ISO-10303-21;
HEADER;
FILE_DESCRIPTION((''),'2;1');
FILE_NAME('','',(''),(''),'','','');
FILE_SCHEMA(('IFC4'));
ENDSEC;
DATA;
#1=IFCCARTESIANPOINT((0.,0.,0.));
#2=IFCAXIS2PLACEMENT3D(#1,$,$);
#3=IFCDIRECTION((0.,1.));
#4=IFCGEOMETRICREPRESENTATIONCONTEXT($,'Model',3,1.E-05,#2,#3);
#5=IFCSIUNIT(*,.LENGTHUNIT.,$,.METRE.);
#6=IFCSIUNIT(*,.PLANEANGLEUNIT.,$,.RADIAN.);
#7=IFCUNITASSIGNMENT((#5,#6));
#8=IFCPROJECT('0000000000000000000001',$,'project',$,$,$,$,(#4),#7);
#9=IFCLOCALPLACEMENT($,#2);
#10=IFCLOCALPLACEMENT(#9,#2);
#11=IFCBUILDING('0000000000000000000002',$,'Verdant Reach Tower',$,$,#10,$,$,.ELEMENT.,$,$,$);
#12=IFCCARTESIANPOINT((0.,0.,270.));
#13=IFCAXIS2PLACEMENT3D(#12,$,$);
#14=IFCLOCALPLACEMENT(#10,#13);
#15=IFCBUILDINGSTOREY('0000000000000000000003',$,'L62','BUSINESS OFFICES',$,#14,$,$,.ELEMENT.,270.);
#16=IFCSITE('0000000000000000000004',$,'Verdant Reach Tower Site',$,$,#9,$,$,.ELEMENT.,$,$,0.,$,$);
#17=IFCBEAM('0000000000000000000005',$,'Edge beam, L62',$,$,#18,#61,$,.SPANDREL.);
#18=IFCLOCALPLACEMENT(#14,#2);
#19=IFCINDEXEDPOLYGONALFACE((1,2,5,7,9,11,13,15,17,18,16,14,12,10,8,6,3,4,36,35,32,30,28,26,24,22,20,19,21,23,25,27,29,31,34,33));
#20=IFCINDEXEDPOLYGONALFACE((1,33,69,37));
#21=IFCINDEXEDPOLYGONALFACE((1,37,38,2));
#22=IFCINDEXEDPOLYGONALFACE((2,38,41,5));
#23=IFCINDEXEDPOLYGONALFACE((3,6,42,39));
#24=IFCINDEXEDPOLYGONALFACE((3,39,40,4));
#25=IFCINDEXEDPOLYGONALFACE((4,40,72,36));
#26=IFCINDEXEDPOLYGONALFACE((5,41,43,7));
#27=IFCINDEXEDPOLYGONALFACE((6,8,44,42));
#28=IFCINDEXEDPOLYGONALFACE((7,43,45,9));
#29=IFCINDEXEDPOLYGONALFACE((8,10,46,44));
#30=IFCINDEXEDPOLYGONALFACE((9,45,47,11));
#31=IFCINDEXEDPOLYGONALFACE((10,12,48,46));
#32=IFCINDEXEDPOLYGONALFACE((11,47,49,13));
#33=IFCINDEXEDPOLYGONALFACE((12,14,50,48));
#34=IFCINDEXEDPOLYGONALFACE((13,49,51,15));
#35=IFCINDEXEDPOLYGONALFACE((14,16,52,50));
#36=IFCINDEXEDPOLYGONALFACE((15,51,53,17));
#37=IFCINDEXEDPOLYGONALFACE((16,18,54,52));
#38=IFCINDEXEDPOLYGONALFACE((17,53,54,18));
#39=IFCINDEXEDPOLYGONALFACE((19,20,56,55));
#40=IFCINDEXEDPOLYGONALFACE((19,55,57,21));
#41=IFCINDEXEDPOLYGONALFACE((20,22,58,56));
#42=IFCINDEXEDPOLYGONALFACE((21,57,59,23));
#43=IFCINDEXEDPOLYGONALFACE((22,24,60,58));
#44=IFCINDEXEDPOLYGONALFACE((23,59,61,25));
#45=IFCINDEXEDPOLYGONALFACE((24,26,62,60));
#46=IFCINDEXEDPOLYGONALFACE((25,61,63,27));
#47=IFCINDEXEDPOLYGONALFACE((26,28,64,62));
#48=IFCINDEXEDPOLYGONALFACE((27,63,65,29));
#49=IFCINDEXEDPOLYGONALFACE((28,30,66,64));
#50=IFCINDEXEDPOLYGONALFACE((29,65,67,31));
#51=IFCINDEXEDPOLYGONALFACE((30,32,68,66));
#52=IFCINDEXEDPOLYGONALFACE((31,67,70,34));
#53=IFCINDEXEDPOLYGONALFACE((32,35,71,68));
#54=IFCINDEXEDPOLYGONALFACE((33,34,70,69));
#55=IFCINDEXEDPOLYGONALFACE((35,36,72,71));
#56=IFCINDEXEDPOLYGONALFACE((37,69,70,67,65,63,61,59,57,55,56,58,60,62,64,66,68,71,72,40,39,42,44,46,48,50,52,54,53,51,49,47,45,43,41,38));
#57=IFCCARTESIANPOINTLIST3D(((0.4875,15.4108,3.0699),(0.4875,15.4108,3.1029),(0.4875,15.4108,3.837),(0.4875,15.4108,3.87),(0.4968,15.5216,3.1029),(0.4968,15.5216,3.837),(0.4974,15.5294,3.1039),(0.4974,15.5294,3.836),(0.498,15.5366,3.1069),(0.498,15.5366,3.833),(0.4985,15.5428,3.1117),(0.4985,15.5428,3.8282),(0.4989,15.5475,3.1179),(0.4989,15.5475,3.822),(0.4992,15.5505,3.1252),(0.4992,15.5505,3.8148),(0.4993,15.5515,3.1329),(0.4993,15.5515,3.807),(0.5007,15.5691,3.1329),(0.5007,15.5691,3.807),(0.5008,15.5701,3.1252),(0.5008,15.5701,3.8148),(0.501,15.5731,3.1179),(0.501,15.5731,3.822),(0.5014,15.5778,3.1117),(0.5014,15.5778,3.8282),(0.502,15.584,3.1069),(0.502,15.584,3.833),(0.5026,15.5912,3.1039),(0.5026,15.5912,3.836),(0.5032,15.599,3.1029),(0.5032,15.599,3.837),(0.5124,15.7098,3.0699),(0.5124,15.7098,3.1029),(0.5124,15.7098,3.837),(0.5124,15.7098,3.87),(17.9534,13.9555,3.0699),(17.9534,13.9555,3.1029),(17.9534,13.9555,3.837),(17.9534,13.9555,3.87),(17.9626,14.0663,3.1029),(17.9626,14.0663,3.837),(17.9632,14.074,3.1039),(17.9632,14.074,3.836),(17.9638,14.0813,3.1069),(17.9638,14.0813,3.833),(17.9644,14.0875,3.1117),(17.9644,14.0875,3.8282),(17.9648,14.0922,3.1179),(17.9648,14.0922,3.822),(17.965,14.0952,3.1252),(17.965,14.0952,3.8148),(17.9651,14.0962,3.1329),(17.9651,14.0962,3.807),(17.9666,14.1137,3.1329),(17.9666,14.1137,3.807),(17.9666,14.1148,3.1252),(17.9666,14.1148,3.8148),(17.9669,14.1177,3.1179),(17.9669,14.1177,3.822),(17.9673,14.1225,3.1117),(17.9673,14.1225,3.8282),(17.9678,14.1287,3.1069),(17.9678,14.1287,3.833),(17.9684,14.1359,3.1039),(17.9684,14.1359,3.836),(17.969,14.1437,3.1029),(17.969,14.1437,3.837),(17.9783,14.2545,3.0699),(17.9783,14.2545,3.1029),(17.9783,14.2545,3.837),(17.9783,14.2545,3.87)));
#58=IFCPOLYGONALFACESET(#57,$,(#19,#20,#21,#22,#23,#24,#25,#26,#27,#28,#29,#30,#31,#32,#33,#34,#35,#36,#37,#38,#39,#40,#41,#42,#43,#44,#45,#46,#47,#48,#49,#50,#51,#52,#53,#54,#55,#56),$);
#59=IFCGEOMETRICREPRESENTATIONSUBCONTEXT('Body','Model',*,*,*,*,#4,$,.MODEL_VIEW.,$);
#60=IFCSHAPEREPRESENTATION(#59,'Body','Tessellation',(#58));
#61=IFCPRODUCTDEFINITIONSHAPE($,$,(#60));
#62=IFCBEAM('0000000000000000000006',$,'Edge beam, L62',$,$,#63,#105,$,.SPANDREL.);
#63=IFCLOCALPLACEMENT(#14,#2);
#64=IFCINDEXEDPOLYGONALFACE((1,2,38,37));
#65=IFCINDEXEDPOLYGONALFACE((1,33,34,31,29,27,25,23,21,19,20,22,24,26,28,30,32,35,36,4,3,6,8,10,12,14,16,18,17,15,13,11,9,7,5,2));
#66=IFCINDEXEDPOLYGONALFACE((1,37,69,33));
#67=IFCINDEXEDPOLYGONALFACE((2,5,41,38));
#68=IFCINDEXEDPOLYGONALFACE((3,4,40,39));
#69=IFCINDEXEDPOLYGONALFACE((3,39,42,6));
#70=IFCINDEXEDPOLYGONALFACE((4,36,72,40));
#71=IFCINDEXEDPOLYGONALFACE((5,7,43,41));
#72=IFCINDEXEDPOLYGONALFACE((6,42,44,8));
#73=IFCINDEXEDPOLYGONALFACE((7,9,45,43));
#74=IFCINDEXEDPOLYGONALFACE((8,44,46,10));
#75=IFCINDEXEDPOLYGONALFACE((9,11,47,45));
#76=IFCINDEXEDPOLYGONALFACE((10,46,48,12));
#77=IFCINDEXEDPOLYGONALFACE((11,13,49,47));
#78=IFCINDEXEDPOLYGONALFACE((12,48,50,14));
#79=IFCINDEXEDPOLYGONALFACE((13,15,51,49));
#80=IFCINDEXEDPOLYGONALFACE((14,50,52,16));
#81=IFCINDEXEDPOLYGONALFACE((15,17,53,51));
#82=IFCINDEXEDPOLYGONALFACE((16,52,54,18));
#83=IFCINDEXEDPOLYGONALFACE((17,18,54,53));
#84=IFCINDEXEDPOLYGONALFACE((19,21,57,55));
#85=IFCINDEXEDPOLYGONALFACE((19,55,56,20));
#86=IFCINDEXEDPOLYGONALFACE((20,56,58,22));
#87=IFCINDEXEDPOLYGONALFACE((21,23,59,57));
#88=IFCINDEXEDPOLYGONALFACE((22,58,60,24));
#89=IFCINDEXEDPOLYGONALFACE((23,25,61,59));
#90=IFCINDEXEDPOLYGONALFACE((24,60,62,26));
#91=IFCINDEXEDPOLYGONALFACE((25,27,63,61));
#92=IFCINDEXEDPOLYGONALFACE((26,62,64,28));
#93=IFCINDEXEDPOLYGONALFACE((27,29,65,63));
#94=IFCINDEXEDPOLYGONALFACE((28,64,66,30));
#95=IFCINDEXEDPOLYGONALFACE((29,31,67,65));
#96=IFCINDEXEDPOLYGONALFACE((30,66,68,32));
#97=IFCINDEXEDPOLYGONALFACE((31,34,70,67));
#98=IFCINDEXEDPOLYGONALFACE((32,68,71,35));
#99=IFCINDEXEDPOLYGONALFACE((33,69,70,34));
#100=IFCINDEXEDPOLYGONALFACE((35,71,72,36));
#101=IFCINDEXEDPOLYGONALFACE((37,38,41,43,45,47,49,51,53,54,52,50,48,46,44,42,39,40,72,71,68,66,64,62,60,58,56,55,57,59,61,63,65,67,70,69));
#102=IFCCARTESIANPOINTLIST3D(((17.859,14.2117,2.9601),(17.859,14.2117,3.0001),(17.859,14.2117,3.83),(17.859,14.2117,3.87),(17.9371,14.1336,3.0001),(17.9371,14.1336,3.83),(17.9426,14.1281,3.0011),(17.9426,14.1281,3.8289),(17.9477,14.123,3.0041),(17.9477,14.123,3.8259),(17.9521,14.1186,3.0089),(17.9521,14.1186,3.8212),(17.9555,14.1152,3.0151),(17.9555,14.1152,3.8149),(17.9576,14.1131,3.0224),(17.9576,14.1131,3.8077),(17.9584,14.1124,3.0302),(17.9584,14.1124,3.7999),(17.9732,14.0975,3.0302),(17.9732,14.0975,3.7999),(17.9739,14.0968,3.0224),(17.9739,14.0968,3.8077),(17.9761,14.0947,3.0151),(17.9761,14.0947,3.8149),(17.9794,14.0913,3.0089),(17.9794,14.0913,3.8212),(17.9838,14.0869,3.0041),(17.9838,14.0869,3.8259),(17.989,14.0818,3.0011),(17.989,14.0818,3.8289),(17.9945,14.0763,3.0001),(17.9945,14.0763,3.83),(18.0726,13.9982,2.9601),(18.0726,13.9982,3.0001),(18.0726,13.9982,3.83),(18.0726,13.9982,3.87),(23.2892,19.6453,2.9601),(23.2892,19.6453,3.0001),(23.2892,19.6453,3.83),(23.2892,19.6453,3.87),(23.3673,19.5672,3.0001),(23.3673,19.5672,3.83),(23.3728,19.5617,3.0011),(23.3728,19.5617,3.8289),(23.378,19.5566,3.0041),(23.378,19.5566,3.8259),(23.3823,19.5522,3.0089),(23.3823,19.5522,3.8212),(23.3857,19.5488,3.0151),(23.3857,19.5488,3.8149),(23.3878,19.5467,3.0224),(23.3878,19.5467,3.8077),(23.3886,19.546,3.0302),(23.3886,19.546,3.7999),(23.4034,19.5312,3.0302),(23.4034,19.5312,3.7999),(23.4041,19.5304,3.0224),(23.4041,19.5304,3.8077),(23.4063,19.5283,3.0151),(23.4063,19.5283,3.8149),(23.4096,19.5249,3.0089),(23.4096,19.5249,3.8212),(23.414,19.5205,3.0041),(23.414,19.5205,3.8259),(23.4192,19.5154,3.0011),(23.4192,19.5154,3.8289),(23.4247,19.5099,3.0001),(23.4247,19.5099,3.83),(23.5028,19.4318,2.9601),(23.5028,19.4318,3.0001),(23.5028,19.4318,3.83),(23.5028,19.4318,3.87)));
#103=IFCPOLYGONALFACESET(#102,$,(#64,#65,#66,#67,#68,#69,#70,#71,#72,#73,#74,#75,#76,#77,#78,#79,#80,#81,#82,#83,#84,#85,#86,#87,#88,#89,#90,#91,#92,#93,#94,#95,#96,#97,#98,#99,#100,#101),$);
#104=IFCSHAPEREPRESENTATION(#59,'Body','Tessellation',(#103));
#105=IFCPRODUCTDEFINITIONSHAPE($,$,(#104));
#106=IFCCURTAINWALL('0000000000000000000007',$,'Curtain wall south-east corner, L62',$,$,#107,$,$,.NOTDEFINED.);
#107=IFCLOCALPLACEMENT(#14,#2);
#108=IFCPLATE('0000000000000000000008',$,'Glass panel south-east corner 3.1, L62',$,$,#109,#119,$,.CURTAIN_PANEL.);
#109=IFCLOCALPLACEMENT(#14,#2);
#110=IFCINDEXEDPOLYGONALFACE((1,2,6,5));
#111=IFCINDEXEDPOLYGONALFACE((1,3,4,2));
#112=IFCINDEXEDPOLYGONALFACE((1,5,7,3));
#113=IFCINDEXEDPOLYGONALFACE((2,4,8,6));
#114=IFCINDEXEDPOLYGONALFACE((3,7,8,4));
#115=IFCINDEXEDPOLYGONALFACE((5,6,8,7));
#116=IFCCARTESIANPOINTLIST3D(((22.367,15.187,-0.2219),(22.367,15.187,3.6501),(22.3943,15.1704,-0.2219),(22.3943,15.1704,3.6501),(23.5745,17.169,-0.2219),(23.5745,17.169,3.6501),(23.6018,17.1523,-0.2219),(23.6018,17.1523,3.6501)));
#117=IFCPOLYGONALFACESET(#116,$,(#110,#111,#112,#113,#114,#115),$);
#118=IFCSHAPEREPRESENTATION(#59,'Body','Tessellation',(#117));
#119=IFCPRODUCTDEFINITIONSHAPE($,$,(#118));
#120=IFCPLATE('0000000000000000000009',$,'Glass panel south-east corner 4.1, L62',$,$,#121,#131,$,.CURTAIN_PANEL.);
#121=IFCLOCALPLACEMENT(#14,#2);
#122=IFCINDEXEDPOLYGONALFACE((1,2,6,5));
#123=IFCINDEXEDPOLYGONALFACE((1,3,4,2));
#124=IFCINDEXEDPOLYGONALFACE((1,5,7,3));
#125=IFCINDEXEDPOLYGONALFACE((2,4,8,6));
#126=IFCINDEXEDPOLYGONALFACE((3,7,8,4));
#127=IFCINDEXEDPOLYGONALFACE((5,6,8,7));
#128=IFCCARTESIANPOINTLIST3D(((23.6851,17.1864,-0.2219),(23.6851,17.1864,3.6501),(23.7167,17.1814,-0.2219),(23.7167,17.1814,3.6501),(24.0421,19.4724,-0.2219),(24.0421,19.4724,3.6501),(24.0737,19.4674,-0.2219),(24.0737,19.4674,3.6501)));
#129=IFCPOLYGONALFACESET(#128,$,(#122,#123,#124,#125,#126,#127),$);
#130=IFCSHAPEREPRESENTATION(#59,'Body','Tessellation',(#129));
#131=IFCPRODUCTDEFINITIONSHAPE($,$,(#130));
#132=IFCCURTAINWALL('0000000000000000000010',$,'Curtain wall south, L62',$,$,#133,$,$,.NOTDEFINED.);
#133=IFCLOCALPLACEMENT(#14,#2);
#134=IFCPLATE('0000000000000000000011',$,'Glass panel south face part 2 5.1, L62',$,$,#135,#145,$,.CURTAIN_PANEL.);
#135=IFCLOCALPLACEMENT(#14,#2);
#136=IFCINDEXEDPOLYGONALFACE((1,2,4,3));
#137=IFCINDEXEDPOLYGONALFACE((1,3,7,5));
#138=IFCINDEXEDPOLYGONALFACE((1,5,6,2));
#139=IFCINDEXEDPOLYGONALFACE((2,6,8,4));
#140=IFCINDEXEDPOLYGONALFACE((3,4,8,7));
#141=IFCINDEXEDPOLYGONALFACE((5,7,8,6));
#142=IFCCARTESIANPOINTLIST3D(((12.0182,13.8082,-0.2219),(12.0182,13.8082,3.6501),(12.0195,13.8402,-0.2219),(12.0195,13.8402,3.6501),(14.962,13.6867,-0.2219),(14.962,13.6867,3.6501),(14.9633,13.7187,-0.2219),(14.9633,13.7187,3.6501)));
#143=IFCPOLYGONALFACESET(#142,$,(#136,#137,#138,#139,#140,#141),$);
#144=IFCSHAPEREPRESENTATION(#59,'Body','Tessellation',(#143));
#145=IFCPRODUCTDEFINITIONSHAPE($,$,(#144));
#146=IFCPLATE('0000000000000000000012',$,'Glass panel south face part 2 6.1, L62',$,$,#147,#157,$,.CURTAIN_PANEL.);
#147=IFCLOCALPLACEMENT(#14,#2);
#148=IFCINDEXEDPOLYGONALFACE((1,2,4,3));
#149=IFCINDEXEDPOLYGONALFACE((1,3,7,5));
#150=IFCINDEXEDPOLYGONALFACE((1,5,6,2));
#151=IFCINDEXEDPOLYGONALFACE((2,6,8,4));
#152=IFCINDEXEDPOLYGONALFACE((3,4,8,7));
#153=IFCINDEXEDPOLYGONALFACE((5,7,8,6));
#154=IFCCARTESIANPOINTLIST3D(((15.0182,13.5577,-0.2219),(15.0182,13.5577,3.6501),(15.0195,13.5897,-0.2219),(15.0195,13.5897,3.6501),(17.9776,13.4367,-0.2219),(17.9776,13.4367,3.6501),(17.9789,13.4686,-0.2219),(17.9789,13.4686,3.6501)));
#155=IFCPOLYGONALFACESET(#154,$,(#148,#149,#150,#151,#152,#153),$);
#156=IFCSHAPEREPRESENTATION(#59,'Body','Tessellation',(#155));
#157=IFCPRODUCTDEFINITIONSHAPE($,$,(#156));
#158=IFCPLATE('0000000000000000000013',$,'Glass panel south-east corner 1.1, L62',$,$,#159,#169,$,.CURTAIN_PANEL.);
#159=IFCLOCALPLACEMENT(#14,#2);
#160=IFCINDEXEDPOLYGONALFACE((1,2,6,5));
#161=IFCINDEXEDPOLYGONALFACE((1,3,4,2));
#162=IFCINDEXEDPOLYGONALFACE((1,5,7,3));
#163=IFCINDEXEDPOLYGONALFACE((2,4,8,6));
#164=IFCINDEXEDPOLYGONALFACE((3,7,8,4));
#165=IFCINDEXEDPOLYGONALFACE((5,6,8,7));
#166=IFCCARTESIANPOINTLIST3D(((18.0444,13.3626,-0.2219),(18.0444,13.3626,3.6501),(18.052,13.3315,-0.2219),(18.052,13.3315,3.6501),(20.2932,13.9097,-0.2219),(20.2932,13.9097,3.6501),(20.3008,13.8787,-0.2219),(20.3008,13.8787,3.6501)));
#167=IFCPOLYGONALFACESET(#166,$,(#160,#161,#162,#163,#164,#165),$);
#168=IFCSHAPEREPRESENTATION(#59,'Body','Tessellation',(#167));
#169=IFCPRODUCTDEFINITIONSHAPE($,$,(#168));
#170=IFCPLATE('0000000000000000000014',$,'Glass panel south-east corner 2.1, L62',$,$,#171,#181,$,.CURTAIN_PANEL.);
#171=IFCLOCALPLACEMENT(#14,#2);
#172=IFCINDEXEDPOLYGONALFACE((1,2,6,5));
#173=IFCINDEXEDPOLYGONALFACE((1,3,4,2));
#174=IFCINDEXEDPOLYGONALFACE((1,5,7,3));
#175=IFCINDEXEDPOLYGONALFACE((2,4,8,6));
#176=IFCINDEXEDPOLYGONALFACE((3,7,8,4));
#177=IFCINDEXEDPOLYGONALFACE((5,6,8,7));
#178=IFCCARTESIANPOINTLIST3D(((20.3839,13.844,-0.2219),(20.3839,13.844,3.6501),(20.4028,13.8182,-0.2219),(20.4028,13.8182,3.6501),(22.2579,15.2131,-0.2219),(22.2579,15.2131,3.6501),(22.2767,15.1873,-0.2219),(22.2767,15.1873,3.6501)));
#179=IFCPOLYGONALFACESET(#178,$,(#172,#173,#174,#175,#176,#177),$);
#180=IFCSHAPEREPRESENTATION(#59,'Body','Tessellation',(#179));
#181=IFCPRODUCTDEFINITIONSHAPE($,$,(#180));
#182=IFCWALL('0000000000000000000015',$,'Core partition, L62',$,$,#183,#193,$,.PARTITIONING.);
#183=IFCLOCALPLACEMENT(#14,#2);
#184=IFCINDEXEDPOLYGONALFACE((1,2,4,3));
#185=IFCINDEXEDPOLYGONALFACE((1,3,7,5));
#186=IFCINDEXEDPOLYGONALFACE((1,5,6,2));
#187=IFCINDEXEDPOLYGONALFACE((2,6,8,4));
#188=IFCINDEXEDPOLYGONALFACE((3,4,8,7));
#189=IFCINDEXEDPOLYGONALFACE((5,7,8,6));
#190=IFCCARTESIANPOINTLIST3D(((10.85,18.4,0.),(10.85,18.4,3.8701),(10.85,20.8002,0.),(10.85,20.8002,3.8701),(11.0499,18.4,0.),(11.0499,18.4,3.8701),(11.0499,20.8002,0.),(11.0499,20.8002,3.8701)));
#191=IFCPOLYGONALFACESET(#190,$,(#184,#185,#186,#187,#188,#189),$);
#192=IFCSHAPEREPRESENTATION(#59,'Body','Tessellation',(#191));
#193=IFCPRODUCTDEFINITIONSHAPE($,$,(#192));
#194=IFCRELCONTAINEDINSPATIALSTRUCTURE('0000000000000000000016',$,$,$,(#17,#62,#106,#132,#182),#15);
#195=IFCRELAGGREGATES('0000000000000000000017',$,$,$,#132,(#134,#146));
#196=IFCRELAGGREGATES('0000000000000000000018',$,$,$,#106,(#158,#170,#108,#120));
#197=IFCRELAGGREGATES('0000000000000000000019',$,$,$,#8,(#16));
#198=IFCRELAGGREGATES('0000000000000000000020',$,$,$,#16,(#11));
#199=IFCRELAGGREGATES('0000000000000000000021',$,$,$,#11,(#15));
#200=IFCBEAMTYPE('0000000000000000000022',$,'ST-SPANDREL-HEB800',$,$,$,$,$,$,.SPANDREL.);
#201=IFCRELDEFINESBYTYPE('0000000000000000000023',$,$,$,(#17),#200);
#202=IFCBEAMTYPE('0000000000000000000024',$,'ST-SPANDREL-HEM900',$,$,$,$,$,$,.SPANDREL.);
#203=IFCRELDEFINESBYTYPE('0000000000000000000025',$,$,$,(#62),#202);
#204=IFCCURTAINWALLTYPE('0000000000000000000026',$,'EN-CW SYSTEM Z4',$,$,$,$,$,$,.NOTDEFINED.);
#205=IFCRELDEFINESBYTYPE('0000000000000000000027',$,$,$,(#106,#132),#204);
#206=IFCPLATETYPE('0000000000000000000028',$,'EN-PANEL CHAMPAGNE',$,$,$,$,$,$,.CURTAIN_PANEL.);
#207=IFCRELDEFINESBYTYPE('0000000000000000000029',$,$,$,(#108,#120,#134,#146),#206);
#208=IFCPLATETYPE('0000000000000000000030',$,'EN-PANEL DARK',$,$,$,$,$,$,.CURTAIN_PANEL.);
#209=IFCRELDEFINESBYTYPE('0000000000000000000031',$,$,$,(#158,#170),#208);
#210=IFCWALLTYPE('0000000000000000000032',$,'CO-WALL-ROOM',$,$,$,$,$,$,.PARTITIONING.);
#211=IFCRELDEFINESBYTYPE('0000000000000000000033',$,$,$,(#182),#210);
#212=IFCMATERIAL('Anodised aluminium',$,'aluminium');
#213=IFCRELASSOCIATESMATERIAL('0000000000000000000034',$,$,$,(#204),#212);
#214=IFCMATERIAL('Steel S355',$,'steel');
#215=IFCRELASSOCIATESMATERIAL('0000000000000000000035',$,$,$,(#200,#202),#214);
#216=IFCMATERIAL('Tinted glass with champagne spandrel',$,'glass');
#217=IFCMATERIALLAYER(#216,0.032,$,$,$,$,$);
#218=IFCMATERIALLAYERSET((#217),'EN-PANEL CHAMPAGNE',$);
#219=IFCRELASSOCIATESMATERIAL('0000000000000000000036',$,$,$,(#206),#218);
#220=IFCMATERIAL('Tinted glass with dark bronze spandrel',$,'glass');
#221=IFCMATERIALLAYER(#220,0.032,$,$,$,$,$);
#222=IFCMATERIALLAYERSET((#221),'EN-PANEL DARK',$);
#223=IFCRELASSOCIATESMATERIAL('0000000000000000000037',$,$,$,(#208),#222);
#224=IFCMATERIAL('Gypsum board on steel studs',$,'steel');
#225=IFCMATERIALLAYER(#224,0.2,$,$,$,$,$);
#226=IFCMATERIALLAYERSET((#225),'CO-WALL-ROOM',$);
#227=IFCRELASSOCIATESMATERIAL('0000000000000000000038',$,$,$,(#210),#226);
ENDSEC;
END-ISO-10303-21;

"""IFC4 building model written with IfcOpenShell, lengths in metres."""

from ifc_helpers import new_model, si_unit, direction, frame, frame_2d, origin, origin_2d, place, context, subcontext, project, spatial, rectangle, i_section, extrude, material, layer, layer_set, material_profile, profile_set, type_object, element, aggregate, save


model = new_model("IFC4")

# Units and contexts
model_context = context("Model", 3, precision=1e-05, world=origin(), true_north=direction((0.0, 1.0)))
body_context = subcontext(model_context, "Body", "Model", "MODEL_VIEW")
ifc_project = project(units=[si_unit("LENGTHUNIT", "METRE"), si_unit("PLANEANGLEUNIT", "RADIAN")], contexts=[model_context])

# Site, building, storey
site_placement = place(None, origin())
site = spatial("IfcSite", under=ifc_project, at=site_placement, Name="Verdant Reach Tower Site", CompositionType="ELEMENT", RefElevation=0.0)
building_placement = place(site_placement, origin())
building = spatial("IfcBuilding", under=site, at=building_placement, Name="Verdant Reach Tower", CompositionType="ELEMENT")
storey_placement = place(building_placement, frame((0.0, 0.0, 270.0)))
storey = spatial("IfcBuildingStorey", under=building, at=storey_placement, Name="L62", Description="BUSINESS OFFICES", CompositionType="ELEMENT", Elevation=270.0)

# Shared definitions
ifc_material_1 = material(Name="Anodised aluminium", Category="aluminium")
curtain_wall_type = type_object("IfcCurtainWallType", Name="EN-CW SYSTEM Z4", PredefinedType="NOTDEFINED", material=ifc_material_1)

# Beams
ifc_material_2 = material(Name="Steel S355", Category="steel")
ifc_material_profile_1 = material_profile(ifc_material_2, i_section(OverallWidth=0.3, OverallDepth=0.8, WebThickness=0.0176, FlangeThickness=0.033, FilletRadius=0.03, at=origin_2d()), Name="HEB 800")
ifc_profile_set_1 = profile_set([ifc_material_profile_1], Name="Steel S355")
beam_type_1 = type_object("IfcBeamType", Name="ST-SPANDREL-HEB800", PredefinedType="SPANDREL", material=ifc_profile_set_1)
beam_1_placement = place(storey_placement, frame((17.9658, 14.105, 3.47), z_axis=(-0.996547, 0.083036, 0.0), x_axis=(-0.083036, -0.996547, 0.0)))
element("IfcBeam", 1, at=beam_1_placement, inside=storey, type_object=beam_type_1, Name="Edge beam, L62", PredefinedType="SPANDREL", context=body_context, shape_type="SweptSolid", body=[
    extrude(i_section(OverallWidth=0.3, OverallDepth=0.8, WebThickness=0.0176, FlangeThickness=0.033, FilletRadius=0.03, at=origin_2d()), origin(), (0.0, 0.0, 1.0), 17.5264),
])
ifc_material_profile_2 = material_profile(ifc_material_2, i_section(OverallWidth=0.302, OverallDepth=0.9099, WebThickness=0.021, FlangeThickness=0.04, FilletRadius=0.03, at=origin_2d()), Name="HEM 900")
ifc_profile_set_2 = profile_set([ifc_material_profile_2], Name="Steel S355")
beam_type_2 = type_object("IfcBeamType", Name="ST-SPANDREL-HEM900", PredefinedType="SPANDREL", material=ifc_profile_set_2)
beam_2_placement = place(storey_placement, frame((23.396, 19.5386, 3.415), z_axis=(-0.706884, -0.707329, 0.0), x_axis=(0.707329, -0.706884, 0.0)))
element("IfcBeam", 2, at=beam_2_placement, inside=storey, type_object=beam_type_2, Name="Edge beam, L62", PredefinedType="SPANDREL", context=body_context, shape_type="SweptSolid", body=[
    extrude(i_section(OverallWidth=0.302, OverallDepth=0.9099, WebThickness=0.021, FlangeThickness=0.04, FilletRadius=0.03, at=origin_2d()), origin(), (0.0, 0.0, 1.0), 7.6819),
])

# Curtain walls, plates
curtain_wall_1_placement = place(storey_placement, origin())
curtain_wall_1 = element("IfcCurtainWall", 3, at=curtain_wall_1_placement, inside=storey, type_object=curtain_wall_type, Name="Curtain wall south-east corner, L62", PredefinedType="NOTDEFINED")
ifc_material_3 = material(Name="Tinted glass with champagne spandrel", Category="glass")
ifc_layer_1 = layer(ifc_material_3, 0.032)
ifc_layer_set_1 = layer_set([ifc_layer_1], Name="EN-PANEL CHAMPAGNE")
plate_type_1 = type_object("IfcPlateType", Name="EN-PANEL CHAMPAGNE", PredefinedType="CURTAIN_PANEL", material=ifc_layer_set_1)
plate_1_placement = place(storey_placement, frame((22.9844, 16.1697, -0.2219), z_axis=(0.0, 0.0, 1.0), x_axis=(0.520292, 0.853989, 0.0)))
plate_1 = element("IfcPlate", 4, at=plate_1_placement, type_object=plate_type_1, Name="Glass panel south-east corner 3.1, L62", PredefinedType="CURTAIN_PANEL", context=body_context, shape_type="SweptSolid", body=[
    extrude(rectangle(XDim=2.3208, YDim=0.032, at=origin_2d()), origin(), (0.0, 0.0, 1.0), 3.8721),
])
plate_2_placement = place(storey_placement, frame((23.8794, 18.3269, -0.2219), z_axis=(0.0, 0.0, 1.0), x_axis=(0.154325, 0.98802, 0.0)))
plate_2 = element("IfcPlate", 5, at=plate_2_placement, type_object=plate_type_1, Name="Glass panel south-east corner 4.1, L62", PredefinedType="CURTAIN_PANEL", context=body_context, shape_type="SweptSolid", body=[
    extrude(rectangle(XDim=2.3137, YDim=0.032, at=origin_2d()), origin(), (0.0, 0.0, 1.0), 3.8721),
])
curtain_wall_2_placement = place(storey_placement, origin())
curtain_wall_2 = element("IfcCurtainWall", 6, at=curtain_wall_2_placement, inside=storey, type_object=curtain_wall_type, Name="Curtain wall south, L62", PredefinedType="NOTDEFINED")
plate_3_placement = place(storey_placement, frame((13.4907, 13.7634, -0.2219), z_axis=(0.0, 0.0, 1.0), x_axis=(0.999149, -0.041242, 0.0)))
plate_3 = element("IfcPlate", 7, at=plate_3_placement, type_object=plate_type_1, Name="Glass panel south face part 2 5.1, L62", PredefinedType="CURTAIN_PANEL", context=body_context, shape_type="SweptSolid", body=[
    extrude(rectangle(XDim=2.9463, YDim=0.032, at=origin_2d()), origin(), (0.0, 0.0, 1.0), 3.8721),
])
plate_4_placement = place(storey_placement, frame((16.4985, 13.5132, -0.2219), z_axis=(0.0, 0.0, 1.0), x_axis=(0.999164, -0.040881, 0.0)))
plate_4 = element("IfcPlate", 8, at=plate_4_placement, type_object=plate_type_1, Name="Glass panel south face part 2 6.1, L62", PredefinedType="CURTAIN_PANEL", context=body_context, shape_type="SweptSolid", body=[
    extrude(rectangle(XDim=2.9619, YDim=0.032, at=origin_2d()), origin(), (0.0, 0.0, 1.0), 3.8721),
])
aggregate(curtain_wall_2, [plate_3, plate_4])

# Plates
ifc_material_4 = material(Name="Tinted glass with dark bronze spandrel", Category="glass")
ifc_layer_2 = layer(ifc_material_4, 0.032)
ifc_layer_set_2 = layer_set([ifc_layer_2], Name="EN-PANEL DARK")
plate_type_2 = type_object("IfcPlateType", Name="EN-PANEL DARK", PredefinedType="CURTAIN_PANEL", material=ifc_layer_set_2)
plate_5_placement = place(storey_placement, frame((19.1726, 13.6206, -0.2219), z_axis=(0.0, 0.0, 1.0), x_axis=(0.971652, 0.236414, 0.0)))
plate_5 = element("IfcPlate", 9, at=plate_5_placement, type_object=plate_type_2, Name="Glass panel south-east corner 1.1, L62", PredefinedType="CURTAIN_PANEL", context=body_context, shape_type="SweptSolid", body=[
    extrude(rectangle(XDim=2.3145, YDim=0.032, at=origin_2d()), origin(), (0.0, 0.0, 1.0), 3.8721),
])
plate_6_placement = place(storey_placement, frame((21.3303, 14.5156, -0.2219), z_axis=(0.0, 0.0, 1.0), x_axis=(0.807457, 0.589927, 0.0)))
plate_6 = element("IfcPlate", 10, at=plate_6_placement, type_object=plate_type_2, Name="Glass panel south-east corner 2.1, L62", PredefinedType="CURTAIN_PANEL", context=body_context, shape_type="SweptSolid", body=[
    extrude(rectangle(XDim=2.3208, YDim=0.032, at=origin_2d()), origin(), (0.0, 0.0, 1.0), 3.8721),
])
aggregate(curtain_wall_1, [plate_5, plate_6, plate_1, plate_2])

# Wall
ifc_material_5 = material(Name="Gypsum board on steel studs", Category="steel")
ifc_layer_3 = layer(ifc_material_5, 0.2)
ifc_layer_set_3 = layer_set([ifc_layer_3], Name="CO-WALL-ROOM")
wall_type_1 = type_object("IfcWallType", Name="CO-WALL-ROOM", PredefinedType="PARTITIONING", material=ifc_layer_set_3)
wall_1_placement = place(storey_placement, frame((10.95, 18.3999, 0.0), z_axis=(0.0, 0.0, 1.0), x_axis=(0.0, 1.0, 0.0)))
element("IfcWall", 11, at=wall_1_placement, inside=storey, type_object=wall_type_1, Name="Core partition, L62", PredefinedType="PARTITIONING", context=body_context, shape_type="SweptSolid", body=[
    extrude(rectangle(XDim=2.4001, YDim=0.2, at=frame_2d((1.2002, 0.0))), origin(), (0.0, 0.0, 1.0), 3.8701),
])

save(model, "model.ifc")
